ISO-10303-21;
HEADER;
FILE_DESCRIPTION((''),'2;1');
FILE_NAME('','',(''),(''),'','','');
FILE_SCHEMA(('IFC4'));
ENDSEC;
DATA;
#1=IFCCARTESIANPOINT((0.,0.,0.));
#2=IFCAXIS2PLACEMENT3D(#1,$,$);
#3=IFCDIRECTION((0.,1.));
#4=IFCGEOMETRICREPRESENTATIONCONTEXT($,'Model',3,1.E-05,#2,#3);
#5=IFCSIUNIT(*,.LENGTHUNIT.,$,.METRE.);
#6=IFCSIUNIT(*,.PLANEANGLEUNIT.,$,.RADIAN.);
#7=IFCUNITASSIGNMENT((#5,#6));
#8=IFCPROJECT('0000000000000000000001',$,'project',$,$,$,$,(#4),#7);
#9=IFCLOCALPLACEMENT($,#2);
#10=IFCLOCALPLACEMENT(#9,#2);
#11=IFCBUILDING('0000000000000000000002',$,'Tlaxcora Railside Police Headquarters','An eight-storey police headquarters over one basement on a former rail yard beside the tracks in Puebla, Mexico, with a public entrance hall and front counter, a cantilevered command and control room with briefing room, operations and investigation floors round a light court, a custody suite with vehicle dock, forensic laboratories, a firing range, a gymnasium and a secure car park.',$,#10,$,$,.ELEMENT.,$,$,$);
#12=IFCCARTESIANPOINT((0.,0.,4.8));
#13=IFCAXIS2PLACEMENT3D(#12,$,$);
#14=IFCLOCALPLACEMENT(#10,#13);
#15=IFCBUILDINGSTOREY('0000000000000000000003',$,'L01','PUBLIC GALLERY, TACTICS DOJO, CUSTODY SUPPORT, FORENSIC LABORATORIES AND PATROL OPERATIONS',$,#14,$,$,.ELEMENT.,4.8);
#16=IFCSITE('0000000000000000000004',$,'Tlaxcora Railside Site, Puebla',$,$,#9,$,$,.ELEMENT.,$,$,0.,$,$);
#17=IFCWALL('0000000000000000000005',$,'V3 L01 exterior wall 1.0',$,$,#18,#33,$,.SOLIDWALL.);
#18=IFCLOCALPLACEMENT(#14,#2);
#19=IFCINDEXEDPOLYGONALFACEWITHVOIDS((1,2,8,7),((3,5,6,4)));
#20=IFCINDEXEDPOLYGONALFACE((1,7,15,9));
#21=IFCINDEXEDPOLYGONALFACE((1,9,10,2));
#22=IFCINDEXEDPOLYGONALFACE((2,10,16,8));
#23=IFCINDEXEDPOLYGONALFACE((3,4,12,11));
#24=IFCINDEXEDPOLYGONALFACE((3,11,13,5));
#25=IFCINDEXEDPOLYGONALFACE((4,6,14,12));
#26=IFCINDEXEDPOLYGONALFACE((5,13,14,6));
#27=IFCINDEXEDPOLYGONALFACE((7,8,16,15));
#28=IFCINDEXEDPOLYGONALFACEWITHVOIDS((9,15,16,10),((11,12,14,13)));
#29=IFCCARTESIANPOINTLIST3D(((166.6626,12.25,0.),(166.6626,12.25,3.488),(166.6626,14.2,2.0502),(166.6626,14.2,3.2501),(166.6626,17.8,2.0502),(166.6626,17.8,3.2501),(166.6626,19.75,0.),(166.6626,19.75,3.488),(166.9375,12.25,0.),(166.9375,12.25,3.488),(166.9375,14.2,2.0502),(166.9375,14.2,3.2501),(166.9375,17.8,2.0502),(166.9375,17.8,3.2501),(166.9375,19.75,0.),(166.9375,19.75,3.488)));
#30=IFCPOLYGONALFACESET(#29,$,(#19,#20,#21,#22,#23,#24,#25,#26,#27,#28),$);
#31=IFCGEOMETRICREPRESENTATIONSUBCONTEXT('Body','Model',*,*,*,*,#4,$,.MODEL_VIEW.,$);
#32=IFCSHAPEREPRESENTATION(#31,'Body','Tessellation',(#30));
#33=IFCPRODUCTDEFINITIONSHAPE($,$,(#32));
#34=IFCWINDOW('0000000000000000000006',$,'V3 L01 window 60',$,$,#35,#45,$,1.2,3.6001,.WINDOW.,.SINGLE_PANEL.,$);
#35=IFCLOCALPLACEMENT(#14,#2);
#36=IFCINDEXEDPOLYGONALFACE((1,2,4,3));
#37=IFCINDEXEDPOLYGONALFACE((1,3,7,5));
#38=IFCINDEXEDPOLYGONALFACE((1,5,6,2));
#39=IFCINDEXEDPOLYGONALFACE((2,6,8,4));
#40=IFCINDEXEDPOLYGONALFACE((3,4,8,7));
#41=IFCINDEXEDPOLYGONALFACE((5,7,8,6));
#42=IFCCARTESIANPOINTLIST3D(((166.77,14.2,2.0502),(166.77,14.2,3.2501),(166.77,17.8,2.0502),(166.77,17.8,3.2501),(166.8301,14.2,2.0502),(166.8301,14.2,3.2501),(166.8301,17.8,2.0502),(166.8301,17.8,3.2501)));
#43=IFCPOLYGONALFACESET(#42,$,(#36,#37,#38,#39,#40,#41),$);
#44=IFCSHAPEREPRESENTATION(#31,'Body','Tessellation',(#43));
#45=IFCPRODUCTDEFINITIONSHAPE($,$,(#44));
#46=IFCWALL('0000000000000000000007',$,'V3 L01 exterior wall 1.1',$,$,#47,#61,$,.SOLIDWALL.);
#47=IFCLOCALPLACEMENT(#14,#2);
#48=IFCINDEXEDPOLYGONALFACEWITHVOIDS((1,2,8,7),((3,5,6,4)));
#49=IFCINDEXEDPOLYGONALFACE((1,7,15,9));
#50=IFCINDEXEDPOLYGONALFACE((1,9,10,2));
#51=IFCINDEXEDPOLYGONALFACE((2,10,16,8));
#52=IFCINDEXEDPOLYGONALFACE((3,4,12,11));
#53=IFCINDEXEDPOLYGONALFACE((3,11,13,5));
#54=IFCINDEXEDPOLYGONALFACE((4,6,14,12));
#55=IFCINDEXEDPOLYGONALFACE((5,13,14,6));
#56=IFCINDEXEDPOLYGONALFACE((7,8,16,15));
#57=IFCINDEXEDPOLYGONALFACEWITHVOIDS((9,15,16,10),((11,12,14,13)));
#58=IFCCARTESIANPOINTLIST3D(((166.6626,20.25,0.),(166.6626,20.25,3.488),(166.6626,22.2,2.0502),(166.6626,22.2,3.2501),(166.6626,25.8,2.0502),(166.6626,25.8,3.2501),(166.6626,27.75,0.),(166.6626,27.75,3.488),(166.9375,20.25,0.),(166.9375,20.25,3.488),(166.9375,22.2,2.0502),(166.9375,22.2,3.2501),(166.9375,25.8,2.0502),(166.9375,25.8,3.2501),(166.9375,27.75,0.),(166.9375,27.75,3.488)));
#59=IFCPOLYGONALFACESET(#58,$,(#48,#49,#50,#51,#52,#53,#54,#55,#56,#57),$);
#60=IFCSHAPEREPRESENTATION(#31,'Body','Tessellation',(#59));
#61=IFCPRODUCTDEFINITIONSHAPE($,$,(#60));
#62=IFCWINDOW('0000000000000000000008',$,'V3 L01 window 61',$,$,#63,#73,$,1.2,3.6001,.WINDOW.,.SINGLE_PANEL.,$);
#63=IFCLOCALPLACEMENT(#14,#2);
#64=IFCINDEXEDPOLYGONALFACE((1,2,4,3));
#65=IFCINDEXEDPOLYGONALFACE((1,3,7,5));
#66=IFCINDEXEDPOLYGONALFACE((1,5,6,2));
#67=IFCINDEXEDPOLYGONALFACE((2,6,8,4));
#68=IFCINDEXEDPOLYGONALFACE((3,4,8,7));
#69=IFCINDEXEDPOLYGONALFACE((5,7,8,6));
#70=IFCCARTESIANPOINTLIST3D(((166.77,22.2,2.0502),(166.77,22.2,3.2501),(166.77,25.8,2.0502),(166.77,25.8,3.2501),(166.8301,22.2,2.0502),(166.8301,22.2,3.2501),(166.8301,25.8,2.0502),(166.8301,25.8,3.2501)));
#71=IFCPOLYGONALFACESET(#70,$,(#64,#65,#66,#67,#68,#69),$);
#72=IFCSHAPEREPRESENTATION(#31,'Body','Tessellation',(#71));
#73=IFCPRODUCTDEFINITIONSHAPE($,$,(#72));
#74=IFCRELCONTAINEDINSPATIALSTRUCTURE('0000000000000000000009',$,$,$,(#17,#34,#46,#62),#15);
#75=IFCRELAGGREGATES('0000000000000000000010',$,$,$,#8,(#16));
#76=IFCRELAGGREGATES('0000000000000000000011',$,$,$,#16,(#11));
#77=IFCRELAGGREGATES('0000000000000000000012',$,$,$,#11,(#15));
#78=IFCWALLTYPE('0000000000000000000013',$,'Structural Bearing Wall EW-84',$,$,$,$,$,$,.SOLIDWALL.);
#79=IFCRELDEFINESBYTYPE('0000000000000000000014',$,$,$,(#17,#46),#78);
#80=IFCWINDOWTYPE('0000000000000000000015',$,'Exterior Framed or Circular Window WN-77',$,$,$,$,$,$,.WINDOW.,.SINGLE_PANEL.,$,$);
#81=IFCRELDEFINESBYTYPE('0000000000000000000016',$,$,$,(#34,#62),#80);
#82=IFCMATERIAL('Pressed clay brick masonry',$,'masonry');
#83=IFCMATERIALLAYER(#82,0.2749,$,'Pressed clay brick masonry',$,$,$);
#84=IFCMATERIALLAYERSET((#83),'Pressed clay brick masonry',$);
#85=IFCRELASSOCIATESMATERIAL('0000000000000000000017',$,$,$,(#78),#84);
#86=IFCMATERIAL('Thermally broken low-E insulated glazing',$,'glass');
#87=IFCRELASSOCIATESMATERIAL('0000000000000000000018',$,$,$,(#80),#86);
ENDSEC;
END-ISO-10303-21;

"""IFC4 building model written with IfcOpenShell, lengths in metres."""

from ifc_helpers import new_model, si_unit, direction, frame, frame_2d, origin, place, context, subcontext, project, spatial, rectangle, extrude, material, layer, layer_set, type_object, element, fill, save


model = new_model("IFC4")

# Units and contexts
model_context = context("Model", 3, precision=1e-05, world=origin(), true_north=direction((0.0, 1.0)))
body_context = subcontext(model_context, "Body", "Model", "MODEL_VIEW")
ifc_project = project(units=[si_unit("LENGTHUNIT", "METRE"), si_unit("PLANEANGLEUNIT", "RADIAN")], contexts=[model_context])

# Site, building, storey
site_placement = place(None, origin())
site = spatial("IfcSite", under=ifc_project, at=site_placement, Name="Tlaxcora Railside Site, Puebla", CompositionType="ELEMENT", RefElevation=0.0)
building_placement = place(site_placement, origin())
building = spatial("IfcBuilding", under=site, at=building_placement, Name="Tlaxcora Railside Police Headquarters", Description="An eight-storey police headquarters over one basement on a former rail yard beside the tracks in Puebla, Mexico, with a public entrance hall and front counter, a cantilevered command and control room with briefing room, operations and investigation floors round a light court, a custody suite with vehicle dock, forensic laboratories, a firing range, a gymnasium and a secure car park.", CompositionType="ELEMENT")
storey_placement = place(building_placement, frame((0.0, 0.0, 4.8)))
storey = spatial("IfcBuildingStorey", under=building, at=storey_placement, Name="L01", Description="PUBLIC GALLERY, TACTICS DOJO, CUSTODY SUPPORT, FORENSIC LABORATORIES AND PATROL OPERATIONS", CompositionType="ELEMENT", Elevation=4.8)

# Shared definitions
ifc_material_1 = material(Name="Pressed clay brick masonry", Category="masonry")
ifc_layer_1 = layer(ifc_material_1, 0.2749, Name="Pressed clay brick masonry")
ifc_layer_set_1 = layer_set([ifc_layer_1], Name="Pressed clay brick masonry")
wall_type_1 = type_object("IfcWallType", Name="Structural Bearing Wall EW-84", PredefinedType="SOLIDWALL", material=ifc_layer_set_1)

# Walls, openings, windows
ifc_material_2 = material(Name="Thermally broken low-E insulated glazing", Category="glass")
wall_1_placement = place(storey_placement, frame((166.8, 12.25, 0.0), z_axis=(0.0, 0.0, 1.0), x_axis=(0.0, 1.0, 0.0)))
wall_1 = element("IfcWall", 1, at=wall_1_placement, inside=storey, type_object=wall_type_1, Name="V3 L01 exterior wall 1.0", PredefinedType="SOLIDWALL", context=body_context, shape_type="SweptSolid", body=[
    extrude(rectangle(XDim=7.5, YDim=0.2749, at=frame_2d((3.75, 0.0))), origin(), (0.0, 0.0, 1.0), 3.488),
])
opening_1_placement = place(wall_1_placement, frame((1.95, 0.0, 2.05)))
opening_1 = element("IfcOpeningElement", 2, at=opening_1_placement, cuts=wall_1, PredefinedType="OPENING", context=body_context, shape_type="SweptSolid", body=[
    extrude(rectangle(XDim=3.6001, YDim=1.2, at=frame_2d((1.8, 0.6001))), frame((0.0, 0.1475, 0.0), z_axis=(0.0, -1.0, 0.0), x_axis=(1.0, 0.0, 0.0)), (0.0, 0.0, 1.0), 0.2949),
])
window_type_1 = type_object("IfcWindowType", Name="Exterior Framed or Circular Window WN-77", PartitioningType="SINGLE_PANEL", PredefinedType="WINDOW", material=ifc_material_2)
window_1_placement = place(opening_1_placement, origin())
window_1 = element("IfcWindow", 3, at=window_1_placement, inside=storey, type_object=window_type_1, Name="V3 L01 window 60", OverallHeight=1.2, OverallWidth=3.6001, PartitioningType="SINGLE_PANEL", PredefinedType="WINDOW", context=body_context, shape_type="SweptSolid", body=[
    extrude(rectangle(XDim=3.6001, YDim=1.2, at=frame_2d((1.8, 0.6001))), frame((0.0, 0.03, 0.0), z_axis=(0.0, -1.0, 0.0), x_axis=(1.0, 0.0, 0.0)), (0.0, 0.0, 1.0), 0.0601),
])
fill(opening_1, window_1)
wall_2_placement = place(storey_placement, frame((166.8, 20.25, 0.0), z_axis=(0.0, 0.0, 1.0), x_axis=(0.0, 1.0, 0.0)))
wall_2 = element("IfcWall", 4, at=wall_2_placement, inside=storey, type_object=wall_type_1, Name="V3 L01 exterior wall 1.1", PredefinedType="SOLIDWALL", context=body_context, shape_type="SweptSolid", body=[
    extrude(rectangle(XDim=7.5, YDim=0.2749, at=frame_2d((3.75, 0.0))), origin(), (0.0, 0.0, 1.0), 3.488),
])
opening_2_placement = place(wall_2_placement, frame((1.95, 0.0, 2.05)))
opening_2 = element("IfcOpeningElement", 5, at=opening_2_placement, cuts=wall_2, PredefinedType="OPENING", context=body_context, shape_type="SweptSolid", body=[
    extrude(rectangle(XDim=3.6001, YDim=1.2, at=frame_2d((1.8, 0.6001))), frame((0.0, 0.1475, 0.0), z_axis=(0.0, -1.0, 0.0), x_axis=(1.0, 0.0, 0.0)), (0.0, 0.0, 1.0), 0.2949),
])
window_2_placement = place(opening_2_placement, origin())
window_2 = element("IfcWindow", 6, at=window_2_placement, inside=storey, type_object=window_type_1, Name="V3 L01 window 61", OverallHeight=1.2, OverallWidth=3.6001, PartitioningType="SINGLE_PANEL", PredefinedType="WINDOW", context=body_context, shape_type="SweptSolid", body=[
    extrude(rectangle(XDim=3.6001, YDim=1.2, at=frame_2d((1.8, 0.6001))), frame((0.0, 0.03, 0.0), z_axis=(0.0, -1.0, 0.0), x_axis=(1.0, 0.0, 0.0)), (0.0, 0.0, 1.0), 0.0601),
])
fill(opening_2, window_2)

save(model, "model.ifc")
